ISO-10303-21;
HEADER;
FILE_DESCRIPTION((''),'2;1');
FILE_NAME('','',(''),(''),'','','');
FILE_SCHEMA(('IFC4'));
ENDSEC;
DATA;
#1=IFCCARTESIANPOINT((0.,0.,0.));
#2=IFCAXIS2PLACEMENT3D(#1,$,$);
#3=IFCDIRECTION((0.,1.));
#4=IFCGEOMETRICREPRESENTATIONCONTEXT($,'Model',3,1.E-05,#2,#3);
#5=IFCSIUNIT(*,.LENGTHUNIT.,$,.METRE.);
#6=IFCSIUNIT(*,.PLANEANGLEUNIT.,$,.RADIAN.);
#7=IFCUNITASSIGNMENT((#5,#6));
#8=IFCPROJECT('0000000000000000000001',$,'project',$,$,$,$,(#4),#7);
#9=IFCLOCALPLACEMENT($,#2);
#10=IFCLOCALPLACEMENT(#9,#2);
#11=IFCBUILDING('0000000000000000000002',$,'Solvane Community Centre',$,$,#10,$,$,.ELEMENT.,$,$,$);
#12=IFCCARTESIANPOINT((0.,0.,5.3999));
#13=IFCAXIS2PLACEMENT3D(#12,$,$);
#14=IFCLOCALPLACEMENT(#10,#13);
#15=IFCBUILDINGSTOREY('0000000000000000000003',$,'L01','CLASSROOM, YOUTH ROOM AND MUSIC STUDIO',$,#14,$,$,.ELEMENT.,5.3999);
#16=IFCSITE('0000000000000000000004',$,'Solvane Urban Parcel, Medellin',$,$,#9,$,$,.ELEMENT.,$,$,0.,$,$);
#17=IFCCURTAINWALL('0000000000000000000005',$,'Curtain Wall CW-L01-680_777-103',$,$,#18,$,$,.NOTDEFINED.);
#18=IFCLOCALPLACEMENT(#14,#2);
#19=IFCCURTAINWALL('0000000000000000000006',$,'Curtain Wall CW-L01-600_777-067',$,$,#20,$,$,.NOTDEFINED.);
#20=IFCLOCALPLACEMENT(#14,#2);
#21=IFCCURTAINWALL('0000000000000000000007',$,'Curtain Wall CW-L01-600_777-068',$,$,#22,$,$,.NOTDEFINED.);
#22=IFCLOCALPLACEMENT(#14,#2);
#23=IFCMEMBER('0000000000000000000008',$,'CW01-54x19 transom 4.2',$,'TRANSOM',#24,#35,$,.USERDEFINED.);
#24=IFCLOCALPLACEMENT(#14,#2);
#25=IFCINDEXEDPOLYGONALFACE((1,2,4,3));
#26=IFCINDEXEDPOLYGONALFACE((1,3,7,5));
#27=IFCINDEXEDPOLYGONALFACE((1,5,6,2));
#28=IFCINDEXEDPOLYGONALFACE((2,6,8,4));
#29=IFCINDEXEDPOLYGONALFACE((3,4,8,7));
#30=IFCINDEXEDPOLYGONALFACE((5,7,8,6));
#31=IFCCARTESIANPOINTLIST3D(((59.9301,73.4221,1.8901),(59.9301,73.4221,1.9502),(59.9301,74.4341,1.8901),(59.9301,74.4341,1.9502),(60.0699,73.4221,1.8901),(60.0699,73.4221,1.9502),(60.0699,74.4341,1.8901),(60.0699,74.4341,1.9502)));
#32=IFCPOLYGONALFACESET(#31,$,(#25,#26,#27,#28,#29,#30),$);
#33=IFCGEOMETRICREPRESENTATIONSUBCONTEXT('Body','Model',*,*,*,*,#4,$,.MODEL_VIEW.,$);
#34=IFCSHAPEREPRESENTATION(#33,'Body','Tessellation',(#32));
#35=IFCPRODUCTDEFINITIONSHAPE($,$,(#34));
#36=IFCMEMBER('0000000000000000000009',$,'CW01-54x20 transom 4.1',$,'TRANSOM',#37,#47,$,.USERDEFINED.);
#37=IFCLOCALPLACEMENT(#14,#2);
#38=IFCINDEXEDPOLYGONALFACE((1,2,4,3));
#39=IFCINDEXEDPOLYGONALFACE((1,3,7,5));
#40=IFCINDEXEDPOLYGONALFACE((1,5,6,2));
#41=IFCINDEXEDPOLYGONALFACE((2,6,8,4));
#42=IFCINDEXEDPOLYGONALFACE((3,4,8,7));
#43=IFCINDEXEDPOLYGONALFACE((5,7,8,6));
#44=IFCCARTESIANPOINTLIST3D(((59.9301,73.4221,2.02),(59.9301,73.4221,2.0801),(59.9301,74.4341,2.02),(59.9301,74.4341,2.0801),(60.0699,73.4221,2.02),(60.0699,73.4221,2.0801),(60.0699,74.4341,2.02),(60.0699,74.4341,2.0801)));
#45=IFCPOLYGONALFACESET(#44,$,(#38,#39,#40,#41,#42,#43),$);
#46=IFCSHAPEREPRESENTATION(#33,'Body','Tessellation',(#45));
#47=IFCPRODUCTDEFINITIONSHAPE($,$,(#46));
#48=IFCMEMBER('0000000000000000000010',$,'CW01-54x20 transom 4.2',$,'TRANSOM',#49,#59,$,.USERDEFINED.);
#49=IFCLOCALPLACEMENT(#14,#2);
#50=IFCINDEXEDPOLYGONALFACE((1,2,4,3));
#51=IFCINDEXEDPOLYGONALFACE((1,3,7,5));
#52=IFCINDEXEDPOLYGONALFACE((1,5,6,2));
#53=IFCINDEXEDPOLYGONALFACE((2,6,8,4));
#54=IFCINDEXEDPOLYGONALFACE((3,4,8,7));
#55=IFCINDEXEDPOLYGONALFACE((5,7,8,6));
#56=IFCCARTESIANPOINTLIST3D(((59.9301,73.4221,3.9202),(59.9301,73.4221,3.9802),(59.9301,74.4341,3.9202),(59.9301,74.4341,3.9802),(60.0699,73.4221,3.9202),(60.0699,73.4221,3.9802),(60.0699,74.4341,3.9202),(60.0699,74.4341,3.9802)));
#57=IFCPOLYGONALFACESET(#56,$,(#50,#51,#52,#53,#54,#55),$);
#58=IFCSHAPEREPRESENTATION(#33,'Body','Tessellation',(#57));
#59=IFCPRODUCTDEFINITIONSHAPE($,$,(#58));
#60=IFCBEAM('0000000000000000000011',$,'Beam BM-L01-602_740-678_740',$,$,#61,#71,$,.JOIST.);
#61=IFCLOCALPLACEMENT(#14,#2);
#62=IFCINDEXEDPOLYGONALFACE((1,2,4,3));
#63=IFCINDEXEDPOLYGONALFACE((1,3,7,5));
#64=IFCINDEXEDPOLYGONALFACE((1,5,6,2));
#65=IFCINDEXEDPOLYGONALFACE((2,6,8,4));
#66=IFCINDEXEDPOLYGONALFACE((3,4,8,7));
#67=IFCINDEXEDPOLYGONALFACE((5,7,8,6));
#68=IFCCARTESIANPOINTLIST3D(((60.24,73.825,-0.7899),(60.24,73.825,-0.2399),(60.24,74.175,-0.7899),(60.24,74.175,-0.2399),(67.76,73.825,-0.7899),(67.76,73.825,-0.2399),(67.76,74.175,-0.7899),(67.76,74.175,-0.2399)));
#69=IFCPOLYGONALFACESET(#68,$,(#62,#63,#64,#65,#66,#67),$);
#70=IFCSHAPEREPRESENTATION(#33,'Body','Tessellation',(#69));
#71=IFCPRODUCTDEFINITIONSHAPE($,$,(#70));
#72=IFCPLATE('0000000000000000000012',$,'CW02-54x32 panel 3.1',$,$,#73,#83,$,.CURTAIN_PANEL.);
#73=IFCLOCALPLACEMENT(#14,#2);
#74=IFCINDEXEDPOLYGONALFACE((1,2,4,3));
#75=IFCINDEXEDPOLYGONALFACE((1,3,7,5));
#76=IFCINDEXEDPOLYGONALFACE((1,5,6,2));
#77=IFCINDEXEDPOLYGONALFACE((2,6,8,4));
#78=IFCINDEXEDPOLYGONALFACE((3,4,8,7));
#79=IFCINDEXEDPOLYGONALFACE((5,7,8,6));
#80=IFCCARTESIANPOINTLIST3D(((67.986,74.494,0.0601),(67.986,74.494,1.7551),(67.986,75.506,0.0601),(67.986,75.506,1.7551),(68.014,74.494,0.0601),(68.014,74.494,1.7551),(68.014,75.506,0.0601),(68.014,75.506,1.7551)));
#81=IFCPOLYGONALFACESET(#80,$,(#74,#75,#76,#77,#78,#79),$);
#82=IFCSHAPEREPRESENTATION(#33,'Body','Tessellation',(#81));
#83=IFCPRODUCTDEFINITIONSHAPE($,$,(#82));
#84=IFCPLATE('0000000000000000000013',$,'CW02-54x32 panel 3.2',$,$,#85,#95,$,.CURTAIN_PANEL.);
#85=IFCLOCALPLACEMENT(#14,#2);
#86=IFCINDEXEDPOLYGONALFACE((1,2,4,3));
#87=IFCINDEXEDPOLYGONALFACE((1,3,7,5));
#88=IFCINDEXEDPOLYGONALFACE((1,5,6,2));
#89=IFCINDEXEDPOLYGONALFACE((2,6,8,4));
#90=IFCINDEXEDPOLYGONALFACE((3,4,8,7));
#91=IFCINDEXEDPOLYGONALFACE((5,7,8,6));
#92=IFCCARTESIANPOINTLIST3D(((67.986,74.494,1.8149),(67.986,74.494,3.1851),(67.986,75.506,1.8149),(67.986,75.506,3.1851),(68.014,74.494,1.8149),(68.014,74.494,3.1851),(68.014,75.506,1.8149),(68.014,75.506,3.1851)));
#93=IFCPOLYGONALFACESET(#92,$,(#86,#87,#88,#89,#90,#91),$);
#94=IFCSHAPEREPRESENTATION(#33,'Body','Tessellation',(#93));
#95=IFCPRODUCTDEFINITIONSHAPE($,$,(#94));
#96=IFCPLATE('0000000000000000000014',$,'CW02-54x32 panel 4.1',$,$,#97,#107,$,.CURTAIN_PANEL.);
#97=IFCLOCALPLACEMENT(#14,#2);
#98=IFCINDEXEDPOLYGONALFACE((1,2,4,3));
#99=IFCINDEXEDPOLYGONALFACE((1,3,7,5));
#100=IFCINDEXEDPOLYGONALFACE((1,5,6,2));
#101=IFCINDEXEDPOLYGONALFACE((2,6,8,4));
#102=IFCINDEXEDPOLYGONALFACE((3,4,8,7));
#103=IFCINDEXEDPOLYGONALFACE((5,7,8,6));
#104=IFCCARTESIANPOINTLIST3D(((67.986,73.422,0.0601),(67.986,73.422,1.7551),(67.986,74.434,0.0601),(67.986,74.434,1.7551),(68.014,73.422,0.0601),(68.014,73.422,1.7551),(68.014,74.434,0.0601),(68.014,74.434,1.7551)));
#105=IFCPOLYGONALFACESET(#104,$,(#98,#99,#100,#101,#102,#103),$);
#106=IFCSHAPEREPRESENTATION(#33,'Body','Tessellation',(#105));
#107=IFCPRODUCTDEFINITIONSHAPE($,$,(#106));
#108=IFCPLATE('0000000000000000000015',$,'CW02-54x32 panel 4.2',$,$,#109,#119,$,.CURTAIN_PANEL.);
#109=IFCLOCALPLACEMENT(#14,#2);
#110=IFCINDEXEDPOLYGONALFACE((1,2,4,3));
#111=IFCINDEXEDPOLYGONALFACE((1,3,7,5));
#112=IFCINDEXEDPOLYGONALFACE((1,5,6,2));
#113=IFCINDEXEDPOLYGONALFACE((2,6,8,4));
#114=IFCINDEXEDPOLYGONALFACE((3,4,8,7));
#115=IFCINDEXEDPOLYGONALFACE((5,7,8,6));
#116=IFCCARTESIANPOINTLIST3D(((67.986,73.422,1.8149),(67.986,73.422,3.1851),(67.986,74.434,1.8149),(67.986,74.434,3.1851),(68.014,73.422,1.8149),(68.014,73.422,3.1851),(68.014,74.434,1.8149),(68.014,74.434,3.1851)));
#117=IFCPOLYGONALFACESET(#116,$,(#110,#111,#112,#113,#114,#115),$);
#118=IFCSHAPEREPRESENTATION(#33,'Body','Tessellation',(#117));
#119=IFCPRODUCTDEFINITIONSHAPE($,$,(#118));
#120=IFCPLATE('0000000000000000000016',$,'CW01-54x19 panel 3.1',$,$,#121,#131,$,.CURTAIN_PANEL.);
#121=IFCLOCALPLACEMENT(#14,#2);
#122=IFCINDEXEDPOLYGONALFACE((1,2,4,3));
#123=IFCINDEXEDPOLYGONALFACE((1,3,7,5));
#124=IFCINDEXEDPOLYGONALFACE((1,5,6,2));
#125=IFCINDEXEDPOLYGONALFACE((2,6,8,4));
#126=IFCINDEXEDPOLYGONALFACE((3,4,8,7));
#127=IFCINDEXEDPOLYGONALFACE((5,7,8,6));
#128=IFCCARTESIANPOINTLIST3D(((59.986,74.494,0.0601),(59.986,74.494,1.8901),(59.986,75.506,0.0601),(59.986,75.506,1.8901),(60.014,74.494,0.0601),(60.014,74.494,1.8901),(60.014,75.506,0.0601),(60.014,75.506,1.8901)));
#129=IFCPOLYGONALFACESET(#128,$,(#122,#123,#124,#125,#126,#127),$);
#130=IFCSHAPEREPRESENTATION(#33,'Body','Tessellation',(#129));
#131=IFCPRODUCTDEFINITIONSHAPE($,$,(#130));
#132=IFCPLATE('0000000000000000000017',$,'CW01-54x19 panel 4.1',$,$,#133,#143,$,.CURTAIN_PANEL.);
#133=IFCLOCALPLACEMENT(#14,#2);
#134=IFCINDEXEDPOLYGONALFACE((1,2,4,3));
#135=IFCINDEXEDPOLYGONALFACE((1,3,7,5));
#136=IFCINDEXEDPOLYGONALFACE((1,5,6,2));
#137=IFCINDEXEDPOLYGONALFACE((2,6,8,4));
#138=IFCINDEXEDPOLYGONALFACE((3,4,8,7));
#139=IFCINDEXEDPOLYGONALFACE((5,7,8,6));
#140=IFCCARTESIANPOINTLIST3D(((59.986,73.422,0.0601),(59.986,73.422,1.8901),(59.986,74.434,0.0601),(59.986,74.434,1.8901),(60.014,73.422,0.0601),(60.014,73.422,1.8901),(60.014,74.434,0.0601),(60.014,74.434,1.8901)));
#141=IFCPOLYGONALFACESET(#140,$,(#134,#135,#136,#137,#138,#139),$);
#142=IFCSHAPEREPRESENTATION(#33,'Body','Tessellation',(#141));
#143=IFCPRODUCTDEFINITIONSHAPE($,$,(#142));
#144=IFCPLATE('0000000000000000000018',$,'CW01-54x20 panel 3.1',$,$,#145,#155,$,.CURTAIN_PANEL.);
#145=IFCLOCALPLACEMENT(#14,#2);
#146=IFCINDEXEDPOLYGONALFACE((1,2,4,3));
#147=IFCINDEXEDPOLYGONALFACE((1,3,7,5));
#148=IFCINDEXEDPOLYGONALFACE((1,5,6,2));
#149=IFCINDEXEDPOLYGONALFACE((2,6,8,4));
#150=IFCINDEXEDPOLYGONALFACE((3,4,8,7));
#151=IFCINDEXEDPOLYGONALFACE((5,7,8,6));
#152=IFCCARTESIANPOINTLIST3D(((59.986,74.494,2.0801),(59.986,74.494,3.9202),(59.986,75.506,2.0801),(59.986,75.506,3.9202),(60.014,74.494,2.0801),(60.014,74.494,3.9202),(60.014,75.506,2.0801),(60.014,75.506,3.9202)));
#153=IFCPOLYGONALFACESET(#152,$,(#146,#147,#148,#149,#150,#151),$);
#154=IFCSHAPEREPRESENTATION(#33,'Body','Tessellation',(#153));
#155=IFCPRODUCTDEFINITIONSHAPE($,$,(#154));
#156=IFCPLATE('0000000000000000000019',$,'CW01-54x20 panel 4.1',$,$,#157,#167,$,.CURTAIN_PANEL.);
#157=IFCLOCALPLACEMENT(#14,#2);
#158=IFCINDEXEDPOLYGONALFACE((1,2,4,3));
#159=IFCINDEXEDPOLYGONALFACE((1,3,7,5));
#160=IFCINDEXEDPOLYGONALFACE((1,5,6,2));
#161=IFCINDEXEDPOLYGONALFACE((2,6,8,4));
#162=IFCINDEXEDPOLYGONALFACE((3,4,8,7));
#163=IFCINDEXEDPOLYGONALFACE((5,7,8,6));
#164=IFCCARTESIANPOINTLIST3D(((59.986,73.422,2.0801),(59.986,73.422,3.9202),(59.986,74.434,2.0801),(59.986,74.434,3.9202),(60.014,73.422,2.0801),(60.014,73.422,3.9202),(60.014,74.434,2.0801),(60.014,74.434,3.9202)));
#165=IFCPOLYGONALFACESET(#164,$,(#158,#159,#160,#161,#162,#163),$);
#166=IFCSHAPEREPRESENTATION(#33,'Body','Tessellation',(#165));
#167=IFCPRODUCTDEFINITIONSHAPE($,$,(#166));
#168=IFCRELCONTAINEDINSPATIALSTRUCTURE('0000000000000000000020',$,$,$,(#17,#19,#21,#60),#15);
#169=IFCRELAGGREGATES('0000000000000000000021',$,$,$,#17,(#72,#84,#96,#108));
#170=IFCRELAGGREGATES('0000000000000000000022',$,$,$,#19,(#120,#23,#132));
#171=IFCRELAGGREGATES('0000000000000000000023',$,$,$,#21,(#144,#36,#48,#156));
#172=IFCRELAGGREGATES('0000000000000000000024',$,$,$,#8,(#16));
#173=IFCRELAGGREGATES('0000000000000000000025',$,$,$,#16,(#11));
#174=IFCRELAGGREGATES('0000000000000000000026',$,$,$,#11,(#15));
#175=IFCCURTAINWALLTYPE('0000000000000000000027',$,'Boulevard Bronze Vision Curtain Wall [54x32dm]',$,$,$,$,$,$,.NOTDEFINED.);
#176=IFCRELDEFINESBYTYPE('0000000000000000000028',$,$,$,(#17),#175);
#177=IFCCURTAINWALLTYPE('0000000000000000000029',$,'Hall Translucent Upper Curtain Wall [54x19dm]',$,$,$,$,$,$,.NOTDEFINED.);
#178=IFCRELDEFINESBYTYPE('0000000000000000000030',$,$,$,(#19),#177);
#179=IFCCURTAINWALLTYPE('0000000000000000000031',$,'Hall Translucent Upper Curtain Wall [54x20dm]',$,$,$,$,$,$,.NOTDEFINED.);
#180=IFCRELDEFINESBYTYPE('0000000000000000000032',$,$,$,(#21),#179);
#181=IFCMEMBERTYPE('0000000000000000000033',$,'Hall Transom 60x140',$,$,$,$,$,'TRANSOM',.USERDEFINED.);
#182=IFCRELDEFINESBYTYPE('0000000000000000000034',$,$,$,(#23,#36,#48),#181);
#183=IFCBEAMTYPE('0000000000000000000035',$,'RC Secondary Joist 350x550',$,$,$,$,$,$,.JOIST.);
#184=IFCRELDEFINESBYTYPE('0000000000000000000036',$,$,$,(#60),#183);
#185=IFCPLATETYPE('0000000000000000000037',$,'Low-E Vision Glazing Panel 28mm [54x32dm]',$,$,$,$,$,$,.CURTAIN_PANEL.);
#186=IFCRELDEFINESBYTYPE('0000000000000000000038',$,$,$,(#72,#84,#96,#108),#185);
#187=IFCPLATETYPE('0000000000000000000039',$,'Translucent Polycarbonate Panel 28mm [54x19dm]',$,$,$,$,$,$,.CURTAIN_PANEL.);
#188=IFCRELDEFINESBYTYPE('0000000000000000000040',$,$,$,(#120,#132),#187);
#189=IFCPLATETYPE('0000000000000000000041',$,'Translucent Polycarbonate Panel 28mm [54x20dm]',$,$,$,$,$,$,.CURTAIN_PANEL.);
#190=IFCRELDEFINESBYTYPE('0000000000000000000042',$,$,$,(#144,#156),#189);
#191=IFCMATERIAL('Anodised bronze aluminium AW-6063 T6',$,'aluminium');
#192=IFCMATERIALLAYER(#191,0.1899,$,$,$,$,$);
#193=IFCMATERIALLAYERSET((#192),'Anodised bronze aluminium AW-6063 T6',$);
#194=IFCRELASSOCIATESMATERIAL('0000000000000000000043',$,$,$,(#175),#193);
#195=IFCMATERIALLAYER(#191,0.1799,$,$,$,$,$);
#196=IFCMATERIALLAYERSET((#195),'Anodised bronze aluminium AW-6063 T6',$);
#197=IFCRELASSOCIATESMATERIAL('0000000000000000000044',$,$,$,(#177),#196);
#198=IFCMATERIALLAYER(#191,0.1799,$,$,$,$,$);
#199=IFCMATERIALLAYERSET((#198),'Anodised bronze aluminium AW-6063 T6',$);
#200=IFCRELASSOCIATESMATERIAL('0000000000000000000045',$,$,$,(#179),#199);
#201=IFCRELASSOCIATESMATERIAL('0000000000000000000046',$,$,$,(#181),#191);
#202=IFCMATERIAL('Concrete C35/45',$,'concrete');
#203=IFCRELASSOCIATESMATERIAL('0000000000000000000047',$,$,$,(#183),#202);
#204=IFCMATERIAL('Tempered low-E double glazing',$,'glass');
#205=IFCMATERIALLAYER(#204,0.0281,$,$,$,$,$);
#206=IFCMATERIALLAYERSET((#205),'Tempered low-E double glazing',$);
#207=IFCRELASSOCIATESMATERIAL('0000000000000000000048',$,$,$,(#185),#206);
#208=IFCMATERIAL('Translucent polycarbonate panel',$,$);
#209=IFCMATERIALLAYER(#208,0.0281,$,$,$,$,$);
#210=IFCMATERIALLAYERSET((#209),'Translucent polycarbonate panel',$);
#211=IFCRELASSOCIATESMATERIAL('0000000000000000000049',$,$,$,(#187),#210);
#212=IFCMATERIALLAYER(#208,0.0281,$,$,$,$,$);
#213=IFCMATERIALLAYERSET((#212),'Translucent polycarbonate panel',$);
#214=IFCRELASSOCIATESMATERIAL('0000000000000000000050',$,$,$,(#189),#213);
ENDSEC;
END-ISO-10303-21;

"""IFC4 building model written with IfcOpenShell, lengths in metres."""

from ifc_helpers import new_model, si_unit, direction, frame, origin, origin_2d, place, context, subcontext, project, spatial, rectangle, extrude, material, layer, layer_set, material_profile, profile_set, type_object, element, aggregate, save


model = new_model("IFC4")

# Units and contexts
model_context = context("Model", 3, precision=1e-05, world=origin(), true_north=direction((0.0, 1.0)))
body_context = subcontext(model_context, "Body", "Model", "MODEL_VIEW")
ifc_project = project(units=[si_unit("LENGTHUNIT", "METRE"), si_unit("PLANEANGLEUNIT", "RADIAN")], contexts=[model_context])

# Site, building, storey
site_placement = place(None, origin())
site = spatial("IfcSite", under=ifc_project, at=site_placement, Name="Solvane Urban Parcel, Medellin", CompositionType="ELEMENT", RefElevation=0.0)
building_placement = place(site_placement, origin())
building = spatial("IfcBuilding", under=site, at=building_placement, Name="Solvane Community Centre", CompositionType="ELEMENT")
storey_placement = place(building_placement, frame((0.0, 0.0, 5.3999)))
storey = spatial("IfcBuildingStorey", under=building, at=storey_placement, Name="L01", Description="CLASSROOM, YOUTH ROOM AND MUSIC STUDIO", CompositionType="ELEMENT", Elevation=5.3999)

# Curtain walls
ifc_material_1 = material(Name="Anodised bronze aluminium AW-6063 T6", Category="aluminium")
ifc_layer_1 = layer(ifc_material_1, 0.1899)
ifc_layer_set_1 = layer_set([ifc_layer_1], Name="Anodised bronze aluminium AW-6063 T6")
curtain_wall_type_1 = type_object("IfcCurtainWallType", Name="Boulevard Bronze Vision Curtain Wall [54x32dm]", PredefinedType="NOTDEFINED", material=ifc_layer_set_1)
curtain_wall_1_placement = place(storey_placement, origin())
curtain_wall_1 = element("IfcCurtainWall", 1, at=curtain_wall_1_placement, inside=storey, type_object=curtain_wall_type_1, Name="Curtain Wall CW-L01-680_777-103", PredefinedType="NOTDEFINED")
ifc_layer_2 = layer(ifc_material_1, 0.1799)
ifc_layer_set_2 = layer_set([ifc_layer_2], Name="Anodised bronze aluminium AW-6063 T6")
curtain_wall_type_2 = type_object("IfcCurtainWallType", Name="Hall Translucent Upper Curtain Wall [54x19dm]", PredefinedType="NOTDEFINED", material=ifc_layer_set_2)
curtain_wall_2_placement = place(storey_placement, origin())
curtain_wall_2 = element("IfcCurtainWall", 2, at=curtain_wall_2_placement, inside=storey, type_object=curtain_wall_type_2, Name="Curtain Wall CW-L01-600_777-067", PredefinedType="NOTDEFINED")
ifc_layer_3 = layer(ifc_material_1, 0.1799)
ifc_layer_set_3 = layer_set([ifc_layer_3], Name="Anodised bronze aluminium AW-6063 T6")
curtain_wall_type_3 = type_object("IfcCurtainWallType", Name="Hall Translucent Upper Curtain Wall [54x20dm]", PredefinedType="NOTDEFINED", material=ifc_layer_set_3)
curtain_wall_3_placement = place(storey_placement, origin())
curtain_wall_3 = element("IfcCurtainWall", 3, at=curtain_wall_3_placement, inside=storey, type_object=curtain_wall_type_3, Name="Curtain Wall CW-L01-600_777-068", PredefinedType="NOTDEFINED")

# Members
ifc_material_profile_1 = material_profile(ifc_material_1, rectangle(XDim=0.1399, YDim=0.0601, at=origin_2d()), Name="CW-T 60x140")
ifc_profile_set_1 = profile_set([ifc_material_profile_1], Name="Anodised bronze aluminium AW-6063 T6")
member_type_1 = type_object("IfcMemberType", Name="Hall Transom 60x140", ElementType="TRANSOM", PredefinedType="USERDEFINED", material=ifc_profile_set_1)
member_1_placement = place(storey_placement, frame((60.0, 74.4341, 1.9202), z_axis=(0.0, -1.0, 0.0), x_axis=(1.0, 0.0, 0.0)))
member_1 = element("IfcMember", 4, at=member_1_placement, type_object=member_type_1, Name="CW01-54x19 transom 4.2", ObjectType="TRANSOM", PredefinedType="USERDEFINED", context=body_context, shape_type="SweptSolid", body=[
    extrude(rectangle(XDim=0.1399, YDim=0.0601, at=origin_2d()), origin(), (0.0, 0.0, 1.0), 1.012),
])
member_2_placement = place(storey_placement, frame((60.0, 74.4341, 2.05), z_axis=(0.0, -1.0, 0.0), x_axis=(1.0, 0.0, 0.0)))
member_2 = element("IfcMember", 5, at=member_2_placement, type_object=member_type_1, Name="CW01-54x20 transom 4.1", ObjectType="TRANSOM", PredefinedType="USERDEFINED", context=body_context, shape_type="SweptSolid", body=[
    extrude(rectangle(XDim=0.1399, YDim=0.0601, at=origin_2d()), origin(), (0.0, 0.0, 1.0), 1.012),
])
member_3_placement = place(storey_placement, frame((60.0, 74.4341, 3.9502), z_axis=(0.0, -1.0, 0.0), x_axis=(1.0, 0.0, 0.0)))
member_3 = element("IfcMember", 6, at=member_3_placement, type_object=member_type_1, Name="CW01-54x20 transom 4.2", ObjectType="TRANSOM", PredefinedType="USERDEFINED", context=body_context, shape_type="SweptSolid", body=[
    extrude(rectangle(XDim=0.1399, YDim=0.0601, at=origin_2d()), origin(), (0.0, 0.0, 1.0), 1.012),
])

# Beam
ifc_material_2 = material(Name="Concrete C35/45", Category="concrete")
ifc_material_profile_2 = material_profile(ifc_material_2, rectangle(XDim=0.3501, YDim=0.55, at=origin_2d()), Name="RC 350x550")
ifc_profile_set_2 = profile_set([ifc_material_profile_2], Name="Concrete C35/45")
beam_type = type_object("IfcBeamType", Name="RC Secondary Joist 350x550", PredefinedType="JOIST", material=ifc_profile_set_2)
beam_placement = place(storey_placement, frame((60.24, 74.0, -0.5149), z_axis=(1.0, 0.0, 0.0), x_axis=(0.0, 1.0, 0.0)))
element("IfcBeam", 7, at=beam_placement, inside=storey, type_object=beam_type, Name="Beam BM-L01-602_740-678_740", PredefinedType="JOIST", context=body_context, shape_type="SweptSolid", body=[
    extrude(rectangle(XDim=0.3501, YDim=0.55, at=origin_2d()), origin(), (0.0, 0.0, 1.0), 7.52),
])

# Plates
ifc_material_3 = material(Name="Tempered low-E double glazing", Category="glass")
ifc_layer_4 = layer(ifc_material_3, 0.0281)
ifc_layer_set_4 = layer_set([ifc_layer_4], Name="Tempered low-E double glazing")
plate_type_1 = type_object("IfcPlateType", Name="Low-E Vision Glazing Panel 28mm [54x32dm]", PredefinedType="CURTAIN_PANEL", material=ifc_layer_set_4)
plate_1_placement = place(storey_placement, frame((68.0, 75.0, 0.0601), z_axis=(0.0, 0.0, 1.0), x_axis=(0.0, -1.0, 0.0)))
plate_1 = element("IfcPlate", 8, at=plate_1_placement, type_object=plate_type_1, Name="CW02-54x32 panel 3.1", PredefinedType="CURTAIN_PANEL", context=body_context, shape_type="SweptSolid", body=[
    extrude(rectangle(XDim=1.012, YDim=0.0281, at=origin_2d()), origin(), (0.0, 0.0, 1.0), 1.6951),
])
plate_2_placement = place(storey_placement, frame((68.0, 75.0, 1.8149), z_axis=(0.0, 0.0, 1.0), x_axis=(0.0, -1.0, 0.0)))
plate_2 = element("IfcPlate", 9, at=plate_2_placement, type_object=plate_type_1, Name="CW02-54x32 panel 3.2", PredefinedType="CURTAIN_PANEL", context=body_context, shape_type="SweptSolid", body=[
    extrude(rectangle(XDim=1.012, YDim=0.0281, at=origin_2d()), origin(), (0.0, 0.0, 1.0), 1.3701),
])
plate_3_placement = place(storey_placement, frame((68.0, 73.928, 0.0601), z_axis=(0.0, 0.0, 1.0), x_axis=(0.0, -1.0, 0.0)))
plate_3 = element("IfcPlate", 10, at=plate_3_placement, type_object=plate_type_1, Name="CW02-54x32 panel 4.1", PredefinedType="CURTAIN_PANEL", context=body_context, shape_type="SweptSolid", body=[
    extrude(rectangle(XDim=1.012, YDim=0.0281, at=origin_2d()), origin(), (0.0, 0.0, 1.0), 1.6951),
])
plate_4_placement = place(storey_placement, frame((68.0, 73.928, 1.8149), z_axis=(0.0, 0.0, 1.0), x_axis=(0.0, -1.0, 0.0)))
plate_4 = element("IfcPlate", 11, at=plate_4_placement, type_object=plate_type_1, Name="CW02-54x32 panel 4.2", PredefinedType="CURTAIN_PANEL", context=body_context, shape_type="SweptSolid", body=[
    extrude(rectangle(XDim=1.012, YDim=0.0281, at=origin_2d()), origin(), (0.0, 0.0, 1.0), 1.3701),
])
aggregate(curtain_wall_1, [plate_1, plate_2, plate_3, plate_4])
ifc_material_4 = material(Name="Translucent polycarbonate panel")
ifc_layer_5 = layer(ifc_material_4, 0.0281)
ifc_layer_set_5 = layer_set([ifc_layer_5], Name="Translucent polycarbonate panel")
plate_type_2 = type_object("IfcPlateType", Name="Translucent Polycarbonate Panel 28mm [54x19dm]", PredefinedType="CURTAIN_PANEL", material=ifc_layer_set_5)
plate_5_placement = place(storey_placement, frame((60.0, 75.0, 0.0601), z_axis=(0.0, 0.0, 1.0), x_axis=(0.0, -1.0, 0.0)))
plate_5 = element("IfcPlate", 12, at=plate_5_placement, type_object=plate_type_2, Name="CW01-54x19 panel 3.1", PredefinedType="CURTAIN_PANEL", context=body_context, shape_type="SweptSolid", body=[
    extrude(rectangle(XDim=1.012, YDim=0.0281, at=origin_2d()), origin(), (0.0, 0.0, 1.0), 1.8301),
])
plate_6_placement = place(storey_placement, frame((60.0, 73.928, 0.0601), z_axis=(0.0, 0.0, 1.0), x_axis=(0.0, -1.0, 0.0)))
plate_6 = element("IfcPlate", 13, at=plate_6_placement, type_object=plate_type_2, Name="CW01-54x19 panel 4.1", PredefinedType="CURTAIN_PANEL", context=body_context, shape_type="SweptSolid", body=[
    extrude(rectangle(XDim=1.012, YDim=0.0281, at=origin_2d()), origin(), (0.0, 0.0, 1.0), 1.8301),
])
aggregate(curtain_wall_2, [plate_5, member_1, plate_6])
ifc_layer_6 = layer(ifc_material_4, 0.0281)
ifc_layer_set_6 = layer_set([ifc_layer_6], Name="Translucent polycarbonate panel")
plate_type_3 = type_object("IfcPlateType", Name="Translucent Polycarbonate Panel 28mm [54x20dm]", PredefinedType="CURTAIN_PANEL", material=ifc_layer_set_6)
plate_7_placement = place(storey_placement, frame((60.0, 75.0, 2.0801), z_axis=(0.0, 0.0, 1.0), x_axis=(0.0, -1.0, 0.0)))
plate_7 = element("IfcPlate", 14, at=plate_7_placement, type_object=plate_type_3, Name="CW01-54x20 panel 3.1", PredefinedType="CURTAIN_PANEL", context=body_context, shape_type="SweptSolid", body=[
    extrude(rectangle(XDim=1.012, YDim=0.0281, at=origin_2d()), origin(), (0.0, 0.0, 1.0), 1.8401),
])
plate_8_placement = place(storey_placement, frame((60.0, 73.928, 2.0801), z_axis=(0.0, 0.0, 1.0), x_axis=(0.0, -1.0, 0.0)))
plate_8 = element("IfcPlate", 15, at=plate_8_placement, type_object=plate_type_3, Name="CW01-54x20 panel 4.1", PredefinedType="CURTAIN_PANEL", context=body_context, shape_type="SweptSolid", body=[
    extrude(rectangle(XDim=1.012, YDim=0.0281, at=origin_2d()), origin(), (0.0, 0.0, 1.0), 1.8401),
])
aggregate(curtain_wall_3, [plate_7, member_2, member_3, plate_8])

save(model, "model.ifc")
